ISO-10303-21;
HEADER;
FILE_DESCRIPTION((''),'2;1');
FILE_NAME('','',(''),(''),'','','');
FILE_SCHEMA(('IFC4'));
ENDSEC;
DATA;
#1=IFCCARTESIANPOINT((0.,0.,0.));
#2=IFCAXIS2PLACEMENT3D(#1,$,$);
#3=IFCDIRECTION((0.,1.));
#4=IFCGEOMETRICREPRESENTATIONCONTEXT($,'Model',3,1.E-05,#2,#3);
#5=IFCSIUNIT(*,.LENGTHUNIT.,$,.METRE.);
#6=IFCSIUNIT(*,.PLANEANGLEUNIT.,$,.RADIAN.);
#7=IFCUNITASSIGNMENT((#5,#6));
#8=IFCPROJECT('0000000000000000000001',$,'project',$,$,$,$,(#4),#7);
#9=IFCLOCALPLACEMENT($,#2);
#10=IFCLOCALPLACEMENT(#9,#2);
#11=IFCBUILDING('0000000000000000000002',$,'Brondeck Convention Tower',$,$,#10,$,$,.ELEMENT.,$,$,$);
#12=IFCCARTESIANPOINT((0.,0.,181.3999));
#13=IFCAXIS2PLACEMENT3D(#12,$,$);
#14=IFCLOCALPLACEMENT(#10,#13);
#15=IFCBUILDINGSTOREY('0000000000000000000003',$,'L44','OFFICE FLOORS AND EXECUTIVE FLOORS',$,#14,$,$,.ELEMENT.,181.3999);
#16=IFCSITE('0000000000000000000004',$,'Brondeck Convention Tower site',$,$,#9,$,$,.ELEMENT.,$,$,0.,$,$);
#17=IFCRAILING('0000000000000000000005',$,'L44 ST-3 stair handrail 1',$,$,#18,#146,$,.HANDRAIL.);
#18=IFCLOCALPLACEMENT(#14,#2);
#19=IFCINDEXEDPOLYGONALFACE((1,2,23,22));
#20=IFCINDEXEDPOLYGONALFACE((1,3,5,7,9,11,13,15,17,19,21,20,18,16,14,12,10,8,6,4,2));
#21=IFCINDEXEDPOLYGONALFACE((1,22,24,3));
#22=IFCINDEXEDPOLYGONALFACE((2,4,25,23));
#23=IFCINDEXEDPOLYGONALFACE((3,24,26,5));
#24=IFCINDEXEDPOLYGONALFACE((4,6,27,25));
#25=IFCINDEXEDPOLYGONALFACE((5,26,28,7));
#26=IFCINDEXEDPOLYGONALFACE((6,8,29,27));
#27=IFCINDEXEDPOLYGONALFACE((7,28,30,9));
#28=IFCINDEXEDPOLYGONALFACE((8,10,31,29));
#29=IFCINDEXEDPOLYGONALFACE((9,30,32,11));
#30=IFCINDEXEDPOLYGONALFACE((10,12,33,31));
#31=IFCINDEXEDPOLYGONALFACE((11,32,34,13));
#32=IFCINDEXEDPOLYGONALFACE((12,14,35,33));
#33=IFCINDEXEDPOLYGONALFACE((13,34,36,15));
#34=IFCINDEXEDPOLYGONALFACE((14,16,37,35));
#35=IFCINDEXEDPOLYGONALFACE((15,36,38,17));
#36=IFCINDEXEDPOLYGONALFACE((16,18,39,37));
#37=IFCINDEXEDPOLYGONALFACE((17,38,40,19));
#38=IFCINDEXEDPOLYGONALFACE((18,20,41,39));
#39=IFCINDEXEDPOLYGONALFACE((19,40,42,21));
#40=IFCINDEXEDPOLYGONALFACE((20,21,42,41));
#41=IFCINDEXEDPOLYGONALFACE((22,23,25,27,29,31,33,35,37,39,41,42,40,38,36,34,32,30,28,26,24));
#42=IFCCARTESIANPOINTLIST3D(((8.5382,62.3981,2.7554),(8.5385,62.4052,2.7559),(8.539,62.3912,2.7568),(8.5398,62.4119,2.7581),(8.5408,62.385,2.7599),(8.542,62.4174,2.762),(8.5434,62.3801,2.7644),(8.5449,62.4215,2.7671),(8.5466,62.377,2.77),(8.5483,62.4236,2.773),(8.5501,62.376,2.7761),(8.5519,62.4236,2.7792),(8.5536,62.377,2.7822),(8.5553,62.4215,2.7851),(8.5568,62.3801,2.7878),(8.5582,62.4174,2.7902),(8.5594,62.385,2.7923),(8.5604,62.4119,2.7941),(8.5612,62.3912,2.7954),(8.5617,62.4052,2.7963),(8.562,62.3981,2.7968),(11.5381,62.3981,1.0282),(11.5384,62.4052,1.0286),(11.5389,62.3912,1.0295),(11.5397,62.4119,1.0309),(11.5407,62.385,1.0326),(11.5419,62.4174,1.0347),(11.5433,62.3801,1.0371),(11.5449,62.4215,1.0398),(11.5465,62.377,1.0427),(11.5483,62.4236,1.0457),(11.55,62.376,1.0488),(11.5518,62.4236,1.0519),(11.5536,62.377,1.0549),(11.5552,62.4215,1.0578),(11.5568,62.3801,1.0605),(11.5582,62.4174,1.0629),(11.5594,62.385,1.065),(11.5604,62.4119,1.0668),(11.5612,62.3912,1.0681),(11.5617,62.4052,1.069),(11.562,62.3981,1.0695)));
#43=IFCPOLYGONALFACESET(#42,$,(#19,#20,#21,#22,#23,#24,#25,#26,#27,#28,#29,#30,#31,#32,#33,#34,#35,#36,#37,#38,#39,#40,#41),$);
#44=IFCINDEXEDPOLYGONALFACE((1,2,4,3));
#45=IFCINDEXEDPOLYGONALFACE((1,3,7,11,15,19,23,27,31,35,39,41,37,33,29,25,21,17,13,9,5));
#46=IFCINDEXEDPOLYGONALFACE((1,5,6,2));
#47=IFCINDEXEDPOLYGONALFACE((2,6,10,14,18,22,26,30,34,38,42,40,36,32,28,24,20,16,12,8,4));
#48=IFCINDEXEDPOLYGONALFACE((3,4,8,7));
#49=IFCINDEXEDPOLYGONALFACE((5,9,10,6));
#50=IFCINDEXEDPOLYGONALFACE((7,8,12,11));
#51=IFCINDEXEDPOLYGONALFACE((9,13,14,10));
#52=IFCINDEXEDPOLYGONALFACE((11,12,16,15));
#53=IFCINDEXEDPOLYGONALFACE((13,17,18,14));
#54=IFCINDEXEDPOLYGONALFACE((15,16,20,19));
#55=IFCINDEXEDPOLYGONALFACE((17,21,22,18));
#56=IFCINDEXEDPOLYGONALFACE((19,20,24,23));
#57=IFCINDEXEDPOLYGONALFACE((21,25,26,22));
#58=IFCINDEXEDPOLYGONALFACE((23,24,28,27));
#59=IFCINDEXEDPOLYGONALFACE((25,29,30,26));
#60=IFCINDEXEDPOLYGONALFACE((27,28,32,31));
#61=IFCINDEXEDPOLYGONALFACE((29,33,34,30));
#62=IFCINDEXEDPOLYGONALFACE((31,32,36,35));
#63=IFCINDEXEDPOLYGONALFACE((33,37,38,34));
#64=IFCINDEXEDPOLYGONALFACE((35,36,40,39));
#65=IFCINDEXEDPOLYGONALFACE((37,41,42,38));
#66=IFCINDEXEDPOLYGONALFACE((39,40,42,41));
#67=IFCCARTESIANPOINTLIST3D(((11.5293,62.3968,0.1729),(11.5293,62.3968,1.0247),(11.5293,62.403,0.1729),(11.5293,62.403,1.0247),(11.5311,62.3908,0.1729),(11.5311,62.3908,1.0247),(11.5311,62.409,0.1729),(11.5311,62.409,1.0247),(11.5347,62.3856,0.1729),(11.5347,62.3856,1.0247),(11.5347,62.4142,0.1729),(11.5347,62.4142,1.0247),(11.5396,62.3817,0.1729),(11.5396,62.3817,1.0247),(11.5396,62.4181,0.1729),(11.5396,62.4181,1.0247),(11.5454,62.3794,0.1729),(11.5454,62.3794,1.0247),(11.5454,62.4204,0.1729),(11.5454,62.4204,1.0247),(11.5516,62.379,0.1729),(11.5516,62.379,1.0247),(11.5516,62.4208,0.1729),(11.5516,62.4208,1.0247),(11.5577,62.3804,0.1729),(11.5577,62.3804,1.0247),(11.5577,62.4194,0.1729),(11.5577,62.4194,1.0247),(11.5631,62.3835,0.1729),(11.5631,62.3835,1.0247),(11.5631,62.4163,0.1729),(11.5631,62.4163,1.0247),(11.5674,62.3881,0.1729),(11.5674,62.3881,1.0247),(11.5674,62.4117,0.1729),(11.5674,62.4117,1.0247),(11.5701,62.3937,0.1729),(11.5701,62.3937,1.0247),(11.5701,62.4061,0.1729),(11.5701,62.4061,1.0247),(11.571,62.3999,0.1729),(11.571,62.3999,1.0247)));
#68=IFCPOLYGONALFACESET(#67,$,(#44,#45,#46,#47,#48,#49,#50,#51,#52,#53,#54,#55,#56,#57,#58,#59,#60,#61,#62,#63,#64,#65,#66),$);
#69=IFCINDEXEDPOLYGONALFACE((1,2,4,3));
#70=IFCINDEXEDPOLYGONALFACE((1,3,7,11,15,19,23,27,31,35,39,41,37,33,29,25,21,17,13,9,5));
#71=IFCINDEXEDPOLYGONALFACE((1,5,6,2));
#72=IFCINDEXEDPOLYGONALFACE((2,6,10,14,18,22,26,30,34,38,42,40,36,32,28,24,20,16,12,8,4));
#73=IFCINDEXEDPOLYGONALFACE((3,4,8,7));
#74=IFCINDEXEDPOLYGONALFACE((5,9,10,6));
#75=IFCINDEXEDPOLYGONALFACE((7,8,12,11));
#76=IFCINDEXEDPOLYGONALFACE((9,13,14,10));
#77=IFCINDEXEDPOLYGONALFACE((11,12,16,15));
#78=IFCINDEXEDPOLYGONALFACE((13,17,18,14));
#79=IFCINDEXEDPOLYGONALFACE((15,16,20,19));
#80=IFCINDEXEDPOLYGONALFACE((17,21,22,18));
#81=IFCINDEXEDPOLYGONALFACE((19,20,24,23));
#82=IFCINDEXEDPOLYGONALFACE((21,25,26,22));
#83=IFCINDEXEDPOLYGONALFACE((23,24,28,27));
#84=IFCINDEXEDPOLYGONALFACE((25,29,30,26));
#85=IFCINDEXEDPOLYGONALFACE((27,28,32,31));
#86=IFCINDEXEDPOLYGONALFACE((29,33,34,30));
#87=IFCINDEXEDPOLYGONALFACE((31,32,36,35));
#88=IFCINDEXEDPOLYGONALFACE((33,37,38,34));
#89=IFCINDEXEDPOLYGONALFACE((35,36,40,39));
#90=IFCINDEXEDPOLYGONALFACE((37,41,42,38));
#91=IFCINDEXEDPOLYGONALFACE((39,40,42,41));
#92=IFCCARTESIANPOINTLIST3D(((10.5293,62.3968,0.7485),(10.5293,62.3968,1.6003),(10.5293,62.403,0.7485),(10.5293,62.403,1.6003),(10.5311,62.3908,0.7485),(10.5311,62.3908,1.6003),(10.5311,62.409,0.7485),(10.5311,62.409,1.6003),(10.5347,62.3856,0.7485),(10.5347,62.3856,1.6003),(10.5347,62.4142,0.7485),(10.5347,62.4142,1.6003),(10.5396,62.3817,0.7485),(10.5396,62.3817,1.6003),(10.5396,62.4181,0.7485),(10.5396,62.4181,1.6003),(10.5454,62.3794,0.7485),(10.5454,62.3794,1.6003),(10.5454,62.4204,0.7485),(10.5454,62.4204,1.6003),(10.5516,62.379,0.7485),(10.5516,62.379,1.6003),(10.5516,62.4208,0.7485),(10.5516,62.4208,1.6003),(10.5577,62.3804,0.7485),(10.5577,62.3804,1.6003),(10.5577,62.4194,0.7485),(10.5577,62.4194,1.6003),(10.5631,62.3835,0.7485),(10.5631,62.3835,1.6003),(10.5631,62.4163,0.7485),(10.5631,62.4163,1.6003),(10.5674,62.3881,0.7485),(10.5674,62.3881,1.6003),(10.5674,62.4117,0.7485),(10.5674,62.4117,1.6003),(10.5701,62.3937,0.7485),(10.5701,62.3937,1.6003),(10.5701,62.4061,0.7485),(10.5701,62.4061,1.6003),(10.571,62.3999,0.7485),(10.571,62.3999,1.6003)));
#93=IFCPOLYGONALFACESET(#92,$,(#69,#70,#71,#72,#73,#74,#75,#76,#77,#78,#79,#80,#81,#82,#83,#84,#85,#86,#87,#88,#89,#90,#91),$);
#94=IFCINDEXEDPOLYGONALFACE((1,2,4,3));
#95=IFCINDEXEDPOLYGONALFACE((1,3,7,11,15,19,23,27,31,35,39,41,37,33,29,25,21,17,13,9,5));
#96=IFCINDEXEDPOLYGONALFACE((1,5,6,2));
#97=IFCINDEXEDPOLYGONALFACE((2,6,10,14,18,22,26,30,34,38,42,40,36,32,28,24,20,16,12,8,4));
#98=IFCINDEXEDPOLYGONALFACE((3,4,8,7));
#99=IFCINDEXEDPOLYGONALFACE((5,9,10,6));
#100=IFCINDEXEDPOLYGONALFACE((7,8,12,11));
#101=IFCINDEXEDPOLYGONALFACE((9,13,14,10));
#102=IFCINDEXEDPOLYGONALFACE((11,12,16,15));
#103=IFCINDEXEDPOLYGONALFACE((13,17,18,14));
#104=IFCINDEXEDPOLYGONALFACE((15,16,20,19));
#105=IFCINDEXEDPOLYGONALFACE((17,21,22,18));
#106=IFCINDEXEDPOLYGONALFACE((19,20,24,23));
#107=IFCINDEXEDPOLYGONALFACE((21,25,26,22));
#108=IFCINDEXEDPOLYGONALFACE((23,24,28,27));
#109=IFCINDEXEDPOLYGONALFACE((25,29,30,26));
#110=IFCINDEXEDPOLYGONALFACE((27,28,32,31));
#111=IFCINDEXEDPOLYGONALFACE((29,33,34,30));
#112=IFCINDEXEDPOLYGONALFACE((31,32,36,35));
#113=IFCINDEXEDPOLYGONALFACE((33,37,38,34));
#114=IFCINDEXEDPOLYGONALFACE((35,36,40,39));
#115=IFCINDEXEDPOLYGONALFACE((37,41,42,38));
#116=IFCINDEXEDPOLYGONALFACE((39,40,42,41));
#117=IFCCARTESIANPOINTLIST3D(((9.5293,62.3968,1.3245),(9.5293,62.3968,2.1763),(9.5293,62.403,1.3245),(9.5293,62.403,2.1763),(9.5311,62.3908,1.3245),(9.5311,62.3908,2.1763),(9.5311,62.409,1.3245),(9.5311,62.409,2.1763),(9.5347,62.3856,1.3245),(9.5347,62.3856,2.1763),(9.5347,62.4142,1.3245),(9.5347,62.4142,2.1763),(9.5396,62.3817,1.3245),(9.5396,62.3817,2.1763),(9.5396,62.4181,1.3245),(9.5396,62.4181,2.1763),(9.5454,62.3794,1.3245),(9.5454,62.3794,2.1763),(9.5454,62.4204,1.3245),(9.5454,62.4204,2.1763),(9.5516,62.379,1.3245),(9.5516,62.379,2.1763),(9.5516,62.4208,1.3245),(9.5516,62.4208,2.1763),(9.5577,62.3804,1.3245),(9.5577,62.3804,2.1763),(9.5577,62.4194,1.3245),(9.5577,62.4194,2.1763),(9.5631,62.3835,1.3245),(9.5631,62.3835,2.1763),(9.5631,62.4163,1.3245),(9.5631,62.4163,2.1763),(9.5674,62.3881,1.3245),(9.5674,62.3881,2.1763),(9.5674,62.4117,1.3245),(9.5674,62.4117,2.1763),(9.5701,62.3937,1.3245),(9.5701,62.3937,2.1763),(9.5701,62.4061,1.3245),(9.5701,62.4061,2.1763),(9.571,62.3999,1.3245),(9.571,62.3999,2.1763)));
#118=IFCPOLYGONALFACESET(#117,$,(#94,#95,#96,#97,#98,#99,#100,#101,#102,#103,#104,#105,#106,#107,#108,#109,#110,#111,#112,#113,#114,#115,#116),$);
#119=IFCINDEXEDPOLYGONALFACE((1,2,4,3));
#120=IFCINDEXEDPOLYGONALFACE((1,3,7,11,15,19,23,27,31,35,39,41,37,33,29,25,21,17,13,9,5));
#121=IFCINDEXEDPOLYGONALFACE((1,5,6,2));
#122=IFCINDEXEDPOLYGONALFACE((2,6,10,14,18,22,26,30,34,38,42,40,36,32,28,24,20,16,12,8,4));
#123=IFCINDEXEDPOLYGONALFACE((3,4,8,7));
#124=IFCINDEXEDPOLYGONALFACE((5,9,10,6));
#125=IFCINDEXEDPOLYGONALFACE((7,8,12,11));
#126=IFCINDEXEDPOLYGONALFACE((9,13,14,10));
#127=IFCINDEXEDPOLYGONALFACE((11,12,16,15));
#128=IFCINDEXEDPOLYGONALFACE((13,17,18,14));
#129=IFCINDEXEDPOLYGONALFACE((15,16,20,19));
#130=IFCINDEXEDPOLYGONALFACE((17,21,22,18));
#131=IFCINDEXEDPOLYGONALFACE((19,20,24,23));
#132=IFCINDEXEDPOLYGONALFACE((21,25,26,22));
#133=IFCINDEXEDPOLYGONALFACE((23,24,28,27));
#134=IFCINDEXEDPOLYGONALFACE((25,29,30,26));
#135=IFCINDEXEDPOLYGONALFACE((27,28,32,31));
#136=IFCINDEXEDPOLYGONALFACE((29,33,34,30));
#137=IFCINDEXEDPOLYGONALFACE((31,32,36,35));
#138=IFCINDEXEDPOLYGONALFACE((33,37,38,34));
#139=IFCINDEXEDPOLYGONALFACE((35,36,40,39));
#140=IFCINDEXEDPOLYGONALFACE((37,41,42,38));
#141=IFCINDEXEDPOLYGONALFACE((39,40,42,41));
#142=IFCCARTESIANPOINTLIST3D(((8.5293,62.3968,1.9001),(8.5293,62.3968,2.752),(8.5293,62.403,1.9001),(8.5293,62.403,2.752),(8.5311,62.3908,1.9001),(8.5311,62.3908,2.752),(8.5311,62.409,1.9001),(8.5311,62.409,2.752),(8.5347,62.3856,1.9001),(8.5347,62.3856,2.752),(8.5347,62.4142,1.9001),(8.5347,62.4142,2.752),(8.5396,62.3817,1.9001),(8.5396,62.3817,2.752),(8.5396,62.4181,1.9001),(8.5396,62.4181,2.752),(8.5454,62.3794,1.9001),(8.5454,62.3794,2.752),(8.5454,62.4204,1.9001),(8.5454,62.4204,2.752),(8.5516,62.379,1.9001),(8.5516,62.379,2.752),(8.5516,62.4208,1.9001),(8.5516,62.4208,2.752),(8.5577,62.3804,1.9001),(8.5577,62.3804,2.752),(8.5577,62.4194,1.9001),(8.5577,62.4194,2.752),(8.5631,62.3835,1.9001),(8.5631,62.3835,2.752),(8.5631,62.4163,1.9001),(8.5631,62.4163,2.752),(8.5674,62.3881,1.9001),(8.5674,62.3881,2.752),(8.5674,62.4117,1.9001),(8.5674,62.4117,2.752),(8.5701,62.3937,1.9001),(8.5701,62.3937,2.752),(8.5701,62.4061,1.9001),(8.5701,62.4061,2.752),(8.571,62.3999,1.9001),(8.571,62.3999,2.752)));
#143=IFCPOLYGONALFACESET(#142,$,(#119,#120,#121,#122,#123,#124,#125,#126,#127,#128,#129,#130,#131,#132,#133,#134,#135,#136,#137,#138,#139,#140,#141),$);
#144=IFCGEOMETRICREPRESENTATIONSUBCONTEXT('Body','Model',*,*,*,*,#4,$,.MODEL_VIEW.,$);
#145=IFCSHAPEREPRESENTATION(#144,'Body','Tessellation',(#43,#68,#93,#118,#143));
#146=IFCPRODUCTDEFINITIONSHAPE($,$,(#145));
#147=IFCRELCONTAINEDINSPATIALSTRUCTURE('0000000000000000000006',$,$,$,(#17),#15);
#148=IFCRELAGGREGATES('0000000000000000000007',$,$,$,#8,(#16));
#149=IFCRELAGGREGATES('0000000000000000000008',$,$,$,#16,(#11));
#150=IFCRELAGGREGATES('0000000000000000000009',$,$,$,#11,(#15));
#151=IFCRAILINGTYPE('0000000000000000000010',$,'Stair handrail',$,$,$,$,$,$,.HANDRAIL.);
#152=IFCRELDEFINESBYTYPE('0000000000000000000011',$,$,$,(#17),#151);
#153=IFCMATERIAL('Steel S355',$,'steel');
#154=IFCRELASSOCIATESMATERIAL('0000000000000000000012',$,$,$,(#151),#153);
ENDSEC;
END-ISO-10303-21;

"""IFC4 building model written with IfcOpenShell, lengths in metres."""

from ifc_helpers import new_model, si_unit, direction, frame, origin, origin_2d, place, context, subcontext, project, spatial, circle, extrude, material, type_object, element, save


model = new_model("IFC4")

# Units and contexts
model_context = context("Model", 3, precision=1e-05, world=origin(), true_north=direction((0.0, 1.0)))
body_context = subcontext(model_context, "Body", "Model", "MODEL_VIEW")
ifc_project = project(units=[si_unit("LENGTHUNIT", "METRE"), si_unit("PLANEANGLEUNIT", "RADIAN")], contexts=[model_context])

# Site, building, storey
site_placement = place(None, origin())
site = spatial("IfcSite", under=ifc_project, at=site_placement, Name="Brondeck Convention Tower site", CompositionType="ELEMENT", RefElevation=0.0)
building_placement = place(site_placement, origin())
building = spatial("IfcBuilding", under=site, at=building_placement, Name="Brondeck Convention Tower", CompositionType="ELEMENT")
storey_placement = place(building_placement, frame((0.0, 0.0, 181.3999)))
storey = spatial("IfcBuildingStorey", under=building, at=storey_placement, Name="L44", Description="OFFICE FLOORS AND EXECUTIVE FLOORS", CompositionType="ELEMENT", Elevation=181.3999)

# Railing
ifc_material_1 = material(Name="Steel S355", Category="steel")
railing_type_1 = type_object("IfcRailingType", Name="Stair handrail", PredefinedType="HANDRAIL", material=ifc_material_1)
railing_1_placement = place(storey_placement, frame((11.55, 62.3999, 0.1729)))
element("IfcRailing", 1, at=railing_1_placement, inside=storey, type_object=railing_type_1, Name="L44 ST-3 stair handrail 1", PredefinedType="HANDRAIL", context=body_context, shape_type="SweptSolid", body=[
    extrude(circle(Radius=0.0239, at=origin_2d()), frame((0.0, 0.0, 0.876), z_axis=(-0.86662, 0.0, 0.498969), x_axis=(0.0, -1.0, 0.0)), (0.0, 0.0, 1.0), 3.4617),
    extrude(circle(Radius=0.021, at=origin_2d()), origin(), (0.0, 0.0, 1.0), 0.8518),
    extrude(circle(Radius=0.021, at=origin_2d()), frame((-1.0, 0.0, 0.5757)), (0.0, 0.0, 1.0), 0.8518),
    extrude(circle(Radius=0.021, at=origin_2d()), frame((-2.0, 0.0, 1.1516)), (0.0, 0.0, 1.0), 0.8518),
    extrude(circle(Radius=0.021, at=origin_2d()), frame((-3.0, 0.0, 1.7273)), (0.0, 0.0, 1.0), 0.8518),
])

save(model, "model.ifc")
